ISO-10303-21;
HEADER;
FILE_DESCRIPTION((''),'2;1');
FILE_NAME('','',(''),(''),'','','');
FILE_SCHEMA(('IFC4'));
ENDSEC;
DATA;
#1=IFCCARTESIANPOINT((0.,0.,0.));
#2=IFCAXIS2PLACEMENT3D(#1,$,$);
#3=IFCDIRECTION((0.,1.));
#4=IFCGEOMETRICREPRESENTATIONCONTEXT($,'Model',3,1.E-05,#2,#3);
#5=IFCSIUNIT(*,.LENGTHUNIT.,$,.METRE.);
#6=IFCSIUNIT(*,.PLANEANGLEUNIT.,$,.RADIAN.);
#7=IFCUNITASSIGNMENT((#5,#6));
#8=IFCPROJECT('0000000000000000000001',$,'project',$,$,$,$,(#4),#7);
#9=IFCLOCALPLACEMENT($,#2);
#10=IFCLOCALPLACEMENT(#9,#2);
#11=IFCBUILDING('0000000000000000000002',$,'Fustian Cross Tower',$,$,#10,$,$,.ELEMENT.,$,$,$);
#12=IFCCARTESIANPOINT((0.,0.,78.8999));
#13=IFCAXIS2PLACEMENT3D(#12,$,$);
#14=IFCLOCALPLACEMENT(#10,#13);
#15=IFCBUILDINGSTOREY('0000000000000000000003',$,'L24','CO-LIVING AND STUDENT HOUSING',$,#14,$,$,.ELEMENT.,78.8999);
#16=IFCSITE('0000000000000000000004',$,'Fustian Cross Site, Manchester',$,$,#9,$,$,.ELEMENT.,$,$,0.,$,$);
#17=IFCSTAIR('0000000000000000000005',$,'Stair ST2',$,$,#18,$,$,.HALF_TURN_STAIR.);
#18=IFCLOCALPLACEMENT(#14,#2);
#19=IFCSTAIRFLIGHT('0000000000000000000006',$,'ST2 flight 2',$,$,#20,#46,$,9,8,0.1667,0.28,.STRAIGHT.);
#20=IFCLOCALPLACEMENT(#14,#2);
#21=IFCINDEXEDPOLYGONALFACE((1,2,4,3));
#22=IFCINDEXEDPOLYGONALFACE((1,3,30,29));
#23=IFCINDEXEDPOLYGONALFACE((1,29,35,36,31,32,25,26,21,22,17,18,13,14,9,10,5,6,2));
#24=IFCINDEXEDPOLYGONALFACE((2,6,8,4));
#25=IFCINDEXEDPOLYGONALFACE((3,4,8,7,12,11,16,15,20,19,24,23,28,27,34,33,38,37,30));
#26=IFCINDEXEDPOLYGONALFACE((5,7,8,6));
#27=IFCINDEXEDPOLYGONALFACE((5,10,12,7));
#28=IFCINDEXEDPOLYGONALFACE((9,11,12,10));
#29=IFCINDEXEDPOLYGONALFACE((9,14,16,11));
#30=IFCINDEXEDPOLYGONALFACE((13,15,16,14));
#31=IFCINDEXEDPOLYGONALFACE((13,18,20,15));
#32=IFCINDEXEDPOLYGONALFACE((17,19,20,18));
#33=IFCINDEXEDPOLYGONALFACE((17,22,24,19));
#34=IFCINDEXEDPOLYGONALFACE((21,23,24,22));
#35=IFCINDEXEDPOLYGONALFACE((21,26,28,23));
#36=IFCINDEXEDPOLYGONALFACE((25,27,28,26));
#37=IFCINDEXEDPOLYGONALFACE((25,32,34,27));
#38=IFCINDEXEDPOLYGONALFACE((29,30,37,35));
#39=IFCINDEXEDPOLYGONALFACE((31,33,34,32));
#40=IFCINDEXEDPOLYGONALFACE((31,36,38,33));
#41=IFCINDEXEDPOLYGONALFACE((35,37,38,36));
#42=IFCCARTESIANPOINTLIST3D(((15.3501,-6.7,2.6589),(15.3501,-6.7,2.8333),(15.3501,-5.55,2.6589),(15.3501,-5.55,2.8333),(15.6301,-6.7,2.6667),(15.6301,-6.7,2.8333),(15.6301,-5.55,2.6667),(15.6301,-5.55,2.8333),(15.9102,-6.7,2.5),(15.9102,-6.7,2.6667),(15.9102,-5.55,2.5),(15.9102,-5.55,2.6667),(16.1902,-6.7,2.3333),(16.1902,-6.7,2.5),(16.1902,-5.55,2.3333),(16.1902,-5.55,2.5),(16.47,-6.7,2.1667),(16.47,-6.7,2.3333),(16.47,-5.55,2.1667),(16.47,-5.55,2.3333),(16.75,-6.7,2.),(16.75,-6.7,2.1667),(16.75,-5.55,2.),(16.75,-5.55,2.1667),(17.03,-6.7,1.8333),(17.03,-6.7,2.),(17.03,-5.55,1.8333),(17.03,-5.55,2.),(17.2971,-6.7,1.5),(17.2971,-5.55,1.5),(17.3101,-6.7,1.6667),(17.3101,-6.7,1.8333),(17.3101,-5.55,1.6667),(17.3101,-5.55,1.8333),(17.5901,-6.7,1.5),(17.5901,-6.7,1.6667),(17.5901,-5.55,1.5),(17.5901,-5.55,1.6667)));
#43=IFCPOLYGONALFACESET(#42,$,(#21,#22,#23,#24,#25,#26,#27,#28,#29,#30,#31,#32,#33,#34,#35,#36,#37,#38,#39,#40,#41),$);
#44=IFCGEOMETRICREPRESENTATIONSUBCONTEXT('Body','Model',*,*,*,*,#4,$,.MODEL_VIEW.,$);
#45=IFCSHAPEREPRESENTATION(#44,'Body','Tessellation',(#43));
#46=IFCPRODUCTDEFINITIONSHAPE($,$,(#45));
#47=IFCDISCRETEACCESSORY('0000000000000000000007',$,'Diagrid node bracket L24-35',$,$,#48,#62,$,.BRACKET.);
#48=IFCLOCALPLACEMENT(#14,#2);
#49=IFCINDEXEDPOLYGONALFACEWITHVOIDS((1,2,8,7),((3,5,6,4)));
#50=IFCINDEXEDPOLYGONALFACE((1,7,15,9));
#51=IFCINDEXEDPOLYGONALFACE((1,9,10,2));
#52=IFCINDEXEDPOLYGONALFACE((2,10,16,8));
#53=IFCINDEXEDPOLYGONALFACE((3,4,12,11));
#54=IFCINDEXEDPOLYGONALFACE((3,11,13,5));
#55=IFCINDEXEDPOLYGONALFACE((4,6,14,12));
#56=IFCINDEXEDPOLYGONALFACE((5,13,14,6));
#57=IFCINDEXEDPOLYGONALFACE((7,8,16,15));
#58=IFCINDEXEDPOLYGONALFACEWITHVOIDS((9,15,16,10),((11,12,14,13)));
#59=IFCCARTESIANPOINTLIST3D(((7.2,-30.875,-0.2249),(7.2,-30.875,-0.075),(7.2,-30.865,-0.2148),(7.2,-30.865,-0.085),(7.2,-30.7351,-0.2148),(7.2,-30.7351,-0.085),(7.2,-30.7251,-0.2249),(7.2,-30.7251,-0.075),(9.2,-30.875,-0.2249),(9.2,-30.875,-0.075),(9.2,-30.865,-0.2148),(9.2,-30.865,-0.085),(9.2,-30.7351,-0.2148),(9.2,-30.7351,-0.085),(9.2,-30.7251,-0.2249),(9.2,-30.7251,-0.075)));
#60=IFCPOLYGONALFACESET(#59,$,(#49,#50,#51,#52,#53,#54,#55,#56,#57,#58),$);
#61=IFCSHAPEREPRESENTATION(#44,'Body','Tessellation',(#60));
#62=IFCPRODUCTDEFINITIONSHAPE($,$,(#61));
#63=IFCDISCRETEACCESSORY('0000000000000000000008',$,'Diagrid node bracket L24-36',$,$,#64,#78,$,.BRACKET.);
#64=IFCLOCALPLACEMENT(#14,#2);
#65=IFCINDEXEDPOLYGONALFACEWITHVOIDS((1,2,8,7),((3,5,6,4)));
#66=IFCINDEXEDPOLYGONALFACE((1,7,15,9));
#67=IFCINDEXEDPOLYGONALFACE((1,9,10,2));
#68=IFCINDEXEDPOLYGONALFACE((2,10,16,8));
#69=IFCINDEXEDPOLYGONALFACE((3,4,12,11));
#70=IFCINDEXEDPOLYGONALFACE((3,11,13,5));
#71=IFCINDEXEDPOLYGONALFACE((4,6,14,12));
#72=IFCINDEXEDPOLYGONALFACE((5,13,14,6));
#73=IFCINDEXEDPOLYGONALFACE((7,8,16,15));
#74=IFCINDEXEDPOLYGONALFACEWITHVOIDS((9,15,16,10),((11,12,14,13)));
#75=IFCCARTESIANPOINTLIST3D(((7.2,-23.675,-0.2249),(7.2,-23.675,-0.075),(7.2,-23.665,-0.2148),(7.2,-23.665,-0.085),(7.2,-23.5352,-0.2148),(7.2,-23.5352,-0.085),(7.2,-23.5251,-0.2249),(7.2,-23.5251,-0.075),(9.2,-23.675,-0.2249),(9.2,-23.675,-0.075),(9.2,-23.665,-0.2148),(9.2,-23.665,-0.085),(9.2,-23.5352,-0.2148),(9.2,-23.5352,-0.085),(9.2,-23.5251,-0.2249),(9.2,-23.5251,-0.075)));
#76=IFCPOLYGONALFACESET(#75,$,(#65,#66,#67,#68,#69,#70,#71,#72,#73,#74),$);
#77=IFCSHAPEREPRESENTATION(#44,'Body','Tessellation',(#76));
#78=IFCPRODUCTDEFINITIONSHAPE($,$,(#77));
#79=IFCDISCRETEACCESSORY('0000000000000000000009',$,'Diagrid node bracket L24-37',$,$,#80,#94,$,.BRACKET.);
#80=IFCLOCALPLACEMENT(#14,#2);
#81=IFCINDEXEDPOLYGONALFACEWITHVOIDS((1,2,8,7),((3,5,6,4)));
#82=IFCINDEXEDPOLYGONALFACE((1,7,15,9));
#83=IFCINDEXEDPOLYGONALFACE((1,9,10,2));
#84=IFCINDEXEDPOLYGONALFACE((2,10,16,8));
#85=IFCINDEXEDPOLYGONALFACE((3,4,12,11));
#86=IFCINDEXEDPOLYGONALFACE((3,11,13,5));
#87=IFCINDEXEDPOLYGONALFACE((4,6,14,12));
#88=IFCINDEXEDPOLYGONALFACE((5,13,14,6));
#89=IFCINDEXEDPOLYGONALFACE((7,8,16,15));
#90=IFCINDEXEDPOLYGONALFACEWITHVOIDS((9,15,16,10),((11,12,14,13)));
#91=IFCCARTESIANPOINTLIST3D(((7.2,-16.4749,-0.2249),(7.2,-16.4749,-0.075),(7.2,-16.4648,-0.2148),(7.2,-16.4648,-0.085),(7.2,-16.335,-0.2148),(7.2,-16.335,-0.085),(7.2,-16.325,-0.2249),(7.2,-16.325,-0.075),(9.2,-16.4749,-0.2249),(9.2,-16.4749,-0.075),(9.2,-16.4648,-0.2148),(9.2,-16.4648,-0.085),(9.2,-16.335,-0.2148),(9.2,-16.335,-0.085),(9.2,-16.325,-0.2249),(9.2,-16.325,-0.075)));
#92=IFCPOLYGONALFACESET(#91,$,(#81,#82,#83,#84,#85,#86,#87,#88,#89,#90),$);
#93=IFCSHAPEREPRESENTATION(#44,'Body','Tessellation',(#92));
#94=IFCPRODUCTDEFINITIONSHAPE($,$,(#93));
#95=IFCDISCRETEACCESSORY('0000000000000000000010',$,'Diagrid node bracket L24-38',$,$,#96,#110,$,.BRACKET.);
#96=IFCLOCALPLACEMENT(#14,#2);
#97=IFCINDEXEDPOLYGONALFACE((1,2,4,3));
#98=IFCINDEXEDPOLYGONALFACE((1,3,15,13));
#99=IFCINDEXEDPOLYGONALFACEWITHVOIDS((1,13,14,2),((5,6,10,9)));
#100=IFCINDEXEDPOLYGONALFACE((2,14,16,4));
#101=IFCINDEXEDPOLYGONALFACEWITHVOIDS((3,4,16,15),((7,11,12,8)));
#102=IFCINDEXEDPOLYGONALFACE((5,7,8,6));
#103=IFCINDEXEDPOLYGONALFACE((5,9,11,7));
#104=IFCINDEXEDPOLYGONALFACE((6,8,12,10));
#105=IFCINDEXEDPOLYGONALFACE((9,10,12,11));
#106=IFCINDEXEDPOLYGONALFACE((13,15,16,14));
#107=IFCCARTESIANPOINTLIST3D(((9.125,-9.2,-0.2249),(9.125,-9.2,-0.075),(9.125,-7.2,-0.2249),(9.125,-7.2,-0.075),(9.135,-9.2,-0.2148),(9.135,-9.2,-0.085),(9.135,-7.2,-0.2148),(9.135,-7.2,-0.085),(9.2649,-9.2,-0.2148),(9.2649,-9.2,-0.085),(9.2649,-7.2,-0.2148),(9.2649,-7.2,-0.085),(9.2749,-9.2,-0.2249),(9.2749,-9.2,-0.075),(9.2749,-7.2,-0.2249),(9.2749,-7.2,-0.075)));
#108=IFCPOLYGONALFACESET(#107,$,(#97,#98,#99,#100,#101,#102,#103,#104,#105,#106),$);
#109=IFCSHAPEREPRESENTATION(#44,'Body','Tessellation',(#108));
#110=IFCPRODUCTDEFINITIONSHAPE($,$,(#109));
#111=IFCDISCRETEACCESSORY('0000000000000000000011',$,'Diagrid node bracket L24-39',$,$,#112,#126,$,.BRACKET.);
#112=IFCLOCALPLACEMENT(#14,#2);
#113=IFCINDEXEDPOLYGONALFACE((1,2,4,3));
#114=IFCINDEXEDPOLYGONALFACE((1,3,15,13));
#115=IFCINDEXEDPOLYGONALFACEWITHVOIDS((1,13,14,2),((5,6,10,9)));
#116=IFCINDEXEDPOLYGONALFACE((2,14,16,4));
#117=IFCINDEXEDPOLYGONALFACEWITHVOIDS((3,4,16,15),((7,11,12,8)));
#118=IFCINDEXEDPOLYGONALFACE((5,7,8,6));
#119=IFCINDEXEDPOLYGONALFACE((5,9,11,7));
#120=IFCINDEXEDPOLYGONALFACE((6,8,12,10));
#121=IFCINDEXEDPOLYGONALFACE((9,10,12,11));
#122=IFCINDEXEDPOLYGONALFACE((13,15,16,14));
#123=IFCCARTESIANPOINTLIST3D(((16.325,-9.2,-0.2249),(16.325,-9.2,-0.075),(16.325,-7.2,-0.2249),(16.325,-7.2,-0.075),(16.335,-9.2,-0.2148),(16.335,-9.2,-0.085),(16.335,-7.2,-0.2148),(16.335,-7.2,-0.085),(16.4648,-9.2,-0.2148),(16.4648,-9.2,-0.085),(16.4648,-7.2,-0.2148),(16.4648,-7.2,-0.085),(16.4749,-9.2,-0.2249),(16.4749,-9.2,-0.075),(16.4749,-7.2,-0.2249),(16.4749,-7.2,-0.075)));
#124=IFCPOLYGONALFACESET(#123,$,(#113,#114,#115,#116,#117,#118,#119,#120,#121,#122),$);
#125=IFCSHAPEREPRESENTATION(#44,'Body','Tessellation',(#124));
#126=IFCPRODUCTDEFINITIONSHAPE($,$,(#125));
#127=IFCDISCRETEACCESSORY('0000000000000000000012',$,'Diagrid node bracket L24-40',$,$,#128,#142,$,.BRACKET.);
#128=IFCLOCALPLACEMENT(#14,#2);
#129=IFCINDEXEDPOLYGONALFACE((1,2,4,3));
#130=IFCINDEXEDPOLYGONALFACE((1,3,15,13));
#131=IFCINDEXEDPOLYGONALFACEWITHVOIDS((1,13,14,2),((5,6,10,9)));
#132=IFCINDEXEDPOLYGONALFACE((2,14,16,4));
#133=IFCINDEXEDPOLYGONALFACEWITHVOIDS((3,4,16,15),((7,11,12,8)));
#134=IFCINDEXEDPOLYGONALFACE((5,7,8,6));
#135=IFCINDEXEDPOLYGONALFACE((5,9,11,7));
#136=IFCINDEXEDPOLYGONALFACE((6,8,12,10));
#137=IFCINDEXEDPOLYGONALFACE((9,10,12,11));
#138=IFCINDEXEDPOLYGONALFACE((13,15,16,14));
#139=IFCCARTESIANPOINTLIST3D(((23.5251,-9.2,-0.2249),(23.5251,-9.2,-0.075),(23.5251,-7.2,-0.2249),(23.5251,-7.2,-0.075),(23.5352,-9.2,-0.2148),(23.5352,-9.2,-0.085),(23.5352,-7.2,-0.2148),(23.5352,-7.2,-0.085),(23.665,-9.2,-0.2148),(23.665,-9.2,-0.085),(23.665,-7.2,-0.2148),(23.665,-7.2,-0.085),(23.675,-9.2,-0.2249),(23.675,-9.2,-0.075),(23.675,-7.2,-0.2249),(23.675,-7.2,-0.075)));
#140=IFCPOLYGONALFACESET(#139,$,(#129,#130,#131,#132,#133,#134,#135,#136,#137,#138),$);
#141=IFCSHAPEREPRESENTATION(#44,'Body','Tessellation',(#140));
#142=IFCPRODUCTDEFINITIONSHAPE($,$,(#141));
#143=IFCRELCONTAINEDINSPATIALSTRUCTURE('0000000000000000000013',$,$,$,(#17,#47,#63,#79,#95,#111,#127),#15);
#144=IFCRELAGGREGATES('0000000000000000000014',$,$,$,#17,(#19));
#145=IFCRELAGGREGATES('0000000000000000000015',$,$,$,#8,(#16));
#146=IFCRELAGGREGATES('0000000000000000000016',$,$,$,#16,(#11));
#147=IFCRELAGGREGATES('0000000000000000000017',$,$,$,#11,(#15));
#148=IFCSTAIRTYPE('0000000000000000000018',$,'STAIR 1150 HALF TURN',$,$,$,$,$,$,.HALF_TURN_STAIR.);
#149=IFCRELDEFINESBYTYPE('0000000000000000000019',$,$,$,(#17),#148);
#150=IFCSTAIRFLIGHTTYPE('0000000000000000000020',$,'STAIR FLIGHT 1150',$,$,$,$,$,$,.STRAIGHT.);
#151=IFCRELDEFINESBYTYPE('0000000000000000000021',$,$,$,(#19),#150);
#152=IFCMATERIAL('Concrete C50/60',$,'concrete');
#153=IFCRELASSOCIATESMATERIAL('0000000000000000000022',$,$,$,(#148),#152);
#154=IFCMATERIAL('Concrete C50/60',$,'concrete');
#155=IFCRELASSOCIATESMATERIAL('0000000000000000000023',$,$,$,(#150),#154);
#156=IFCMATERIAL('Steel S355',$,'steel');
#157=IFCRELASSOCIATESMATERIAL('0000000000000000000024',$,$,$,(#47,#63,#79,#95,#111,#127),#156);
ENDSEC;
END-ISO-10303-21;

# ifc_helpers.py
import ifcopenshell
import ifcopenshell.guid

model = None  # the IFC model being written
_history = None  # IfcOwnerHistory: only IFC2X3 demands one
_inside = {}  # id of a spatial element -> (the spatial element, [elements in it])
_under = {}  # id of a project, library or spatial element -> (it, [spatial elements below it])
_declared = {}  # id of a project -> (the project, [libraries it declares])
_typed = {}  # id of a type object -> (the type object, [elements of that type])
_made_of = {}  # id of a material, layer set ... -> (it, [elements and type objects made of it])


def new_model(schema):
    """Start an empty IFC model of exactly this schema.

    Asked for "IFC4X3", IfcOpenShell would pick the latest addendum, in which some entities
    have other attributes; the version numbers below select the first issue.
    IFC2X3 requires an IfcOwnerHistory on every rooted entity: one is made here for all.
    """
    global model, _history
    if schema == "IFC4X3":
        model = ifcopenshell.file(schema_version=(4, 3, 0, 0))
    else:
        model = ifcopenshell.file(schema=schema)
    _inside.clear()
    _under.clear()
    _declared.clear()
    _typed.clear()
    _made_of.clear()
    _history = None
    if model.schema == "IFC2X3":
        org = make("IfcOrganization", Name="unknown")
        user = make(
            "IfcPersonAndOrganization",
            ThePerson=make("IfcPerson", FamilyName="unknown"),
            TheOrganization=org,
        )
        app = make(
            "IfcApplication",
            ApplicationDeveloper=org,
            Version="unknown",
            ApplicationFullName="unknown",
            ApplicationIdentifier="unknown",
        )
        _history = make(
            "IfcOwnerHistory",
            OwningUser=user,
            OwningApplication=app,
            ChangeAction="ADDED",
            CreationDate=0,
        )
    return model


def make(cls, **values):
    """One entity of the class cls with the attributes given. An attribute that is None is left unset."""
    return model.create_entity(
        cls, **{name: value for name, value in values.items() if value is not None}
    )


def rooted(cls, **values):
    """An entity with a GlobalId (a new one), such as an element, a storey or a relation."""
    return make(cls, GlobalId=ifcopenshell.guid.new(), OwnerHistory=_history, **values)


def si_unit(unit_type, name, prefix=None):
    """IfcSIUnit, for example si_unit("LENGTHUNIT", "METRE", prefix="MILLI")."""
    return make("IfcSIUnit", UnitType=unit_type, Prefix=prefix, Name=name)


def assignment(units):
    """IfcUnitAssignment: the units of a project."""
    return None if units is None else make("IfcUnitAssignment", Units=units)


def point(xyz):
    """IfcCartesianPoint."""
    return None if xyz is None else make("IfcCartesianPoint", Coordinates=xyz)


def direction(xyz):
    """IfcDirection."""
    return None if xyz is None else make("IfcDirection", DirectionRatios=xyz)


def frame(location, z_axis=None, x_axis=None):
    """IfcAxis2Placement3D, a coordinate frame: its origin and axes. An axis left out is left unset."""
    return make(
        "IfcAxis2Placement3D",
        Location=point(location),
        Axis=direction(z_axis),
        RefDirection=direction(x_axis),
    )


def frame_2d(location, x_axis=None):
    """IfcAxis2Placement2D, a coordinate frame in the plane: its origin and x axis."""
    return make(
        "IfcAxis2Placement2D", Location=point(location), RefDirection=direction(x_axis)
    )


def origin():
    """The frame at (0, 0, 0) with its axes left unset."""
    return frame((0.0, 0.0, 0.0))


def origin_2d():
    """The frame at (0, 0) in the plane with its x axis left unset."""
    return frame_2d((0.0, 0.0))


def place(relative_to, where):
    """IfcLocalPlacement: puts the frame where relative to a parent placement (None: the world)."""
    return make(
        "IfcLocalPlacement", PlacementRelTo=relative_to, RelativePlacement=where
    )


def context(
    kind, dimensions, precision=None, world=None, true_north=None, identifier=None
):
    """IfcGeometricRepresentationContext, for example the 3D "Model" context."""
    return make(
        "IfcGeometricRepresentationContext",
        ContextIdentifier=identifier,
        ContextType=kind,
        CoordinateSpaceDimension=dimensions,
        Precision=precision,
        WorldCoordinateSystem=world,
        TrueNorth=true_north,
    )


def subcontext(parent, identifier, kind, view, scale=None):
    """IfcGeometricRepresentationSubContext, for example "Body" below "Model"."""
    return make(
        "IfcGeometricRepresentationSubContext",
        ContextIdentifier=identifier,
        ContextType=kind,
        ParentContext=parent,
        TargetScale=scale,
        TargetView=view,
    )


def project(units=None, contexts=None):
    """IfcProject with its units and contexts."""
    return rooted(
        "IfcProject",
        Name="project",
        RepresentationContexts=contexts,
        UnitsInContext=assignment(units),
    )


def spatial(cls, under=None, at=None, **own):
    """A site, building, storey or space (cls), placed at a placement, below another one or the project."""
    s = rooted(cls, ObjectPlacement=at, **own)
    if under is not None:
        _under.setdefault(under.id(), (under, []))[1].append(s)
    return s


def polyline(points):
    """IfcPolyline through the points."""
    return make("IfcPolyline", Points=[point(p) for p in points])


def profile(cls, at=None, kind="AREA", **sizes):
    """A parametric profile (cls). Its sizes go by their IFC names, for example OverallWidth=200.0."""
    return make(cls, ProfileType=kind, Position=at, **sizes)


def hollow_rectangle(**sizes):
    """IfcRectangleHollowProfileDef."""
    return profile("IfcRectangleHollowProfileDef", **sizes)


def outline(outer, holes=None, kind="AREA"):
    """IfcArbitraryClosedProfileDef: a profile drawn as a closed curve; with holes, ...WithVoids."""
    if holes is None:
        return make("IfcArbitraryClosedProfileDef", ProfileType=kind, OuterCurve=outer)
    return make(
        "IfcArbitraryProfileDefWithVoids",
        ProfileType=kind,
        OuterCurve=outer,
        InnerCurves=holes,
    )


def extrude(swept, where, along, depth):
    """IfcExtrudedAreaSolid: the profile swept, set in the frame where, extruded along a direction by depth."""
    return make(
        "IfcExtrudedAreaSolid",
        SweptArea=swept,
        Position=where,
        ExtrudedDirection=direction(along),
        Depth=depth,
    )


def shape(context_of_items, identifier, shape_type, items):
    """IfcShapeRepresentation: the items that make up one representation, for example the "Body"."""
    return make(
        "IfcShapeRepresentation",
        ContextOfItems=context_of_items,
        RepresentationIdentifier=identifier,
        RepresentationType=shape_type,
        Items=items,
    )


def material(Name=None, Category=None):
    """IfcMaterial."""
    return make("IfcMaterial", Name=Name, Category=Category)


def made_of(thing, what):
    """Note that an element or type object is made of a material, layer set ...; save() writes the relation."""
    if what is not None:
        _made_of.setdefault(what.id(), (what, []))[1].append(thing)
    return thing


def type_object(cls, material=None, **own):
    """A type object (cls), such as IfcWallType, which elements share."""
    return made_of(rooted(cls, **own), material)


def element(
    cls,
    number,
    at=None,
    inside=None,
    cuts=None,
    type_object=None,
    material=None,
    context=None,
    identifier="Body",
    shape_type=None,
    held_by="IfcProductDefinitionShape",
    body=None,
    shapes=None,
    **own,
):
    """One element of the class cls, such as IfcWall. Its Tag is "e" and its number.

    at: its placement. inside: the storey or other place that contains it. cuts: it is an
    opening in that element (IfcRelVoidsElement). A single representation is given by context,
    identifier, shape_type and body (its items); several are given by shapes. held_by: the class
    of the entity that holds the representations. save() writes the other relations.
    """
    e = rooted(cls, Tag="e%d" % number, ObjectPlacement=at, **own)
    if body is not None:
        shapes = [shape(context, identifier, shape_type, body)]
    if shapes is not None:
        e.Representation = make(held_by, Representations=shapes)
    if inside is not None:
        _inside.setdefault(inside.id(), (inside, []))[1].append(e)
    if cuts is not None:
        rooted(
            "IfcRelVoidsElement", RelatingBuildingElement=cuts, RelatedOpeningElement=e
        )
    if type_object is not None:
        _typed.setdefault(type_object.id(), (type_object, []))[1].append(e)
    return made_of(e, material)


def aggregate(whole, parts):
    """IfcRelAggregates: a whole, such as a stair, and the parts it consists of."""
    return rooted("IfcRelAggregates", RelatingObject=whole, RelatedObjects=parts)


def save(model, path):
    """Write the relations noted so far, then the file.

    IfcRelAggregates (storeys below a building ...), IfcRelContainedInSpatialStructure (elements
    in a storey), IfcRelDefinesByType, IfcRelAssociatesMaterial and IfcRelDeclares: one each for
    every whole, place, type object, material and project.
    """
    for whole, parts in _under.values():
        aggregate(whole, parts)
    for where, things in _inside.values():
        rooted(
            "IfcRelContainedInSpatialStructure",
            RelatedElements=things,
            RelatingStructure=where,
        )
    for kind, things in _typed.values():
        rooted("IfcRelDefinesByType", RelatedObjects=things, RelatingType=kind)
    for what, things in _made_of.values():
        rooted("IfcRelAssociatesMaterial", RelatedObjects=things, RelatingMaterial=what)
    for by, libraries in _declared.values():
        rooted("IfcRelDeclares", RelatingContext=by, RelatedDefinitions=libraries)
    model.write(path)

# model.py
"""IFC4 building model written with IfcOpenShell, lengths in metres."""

from ifc_helpers import new_model, si_unit, direction, frame, origin, origin_2d, place, context, subcontext, project, spatial, polyline, hollow_rectangle, outline, extrude, material, type_object, element, aggregate, save


model = new_model("IFC4")

# Units and contexts
model_context = context("Model", 3, precision=1e-05, world=origin(), true_north=direction((0.0, 1.0)))
body_context = subcontext(model_context, "Body", "Model", "MODEL_VIEW")
ifc_project = project(units=[si_unit("LENGTHUNIT", "METRE"), si_unit("PLANEANGLEUNIT", "RADIAN")], contexts=[model_context])

# Site, building, storey
site_placement = place(None, origin())
site = spatial("IfcSite", under=ifc_project, at=site_placement, Name="Fustian Cross Site, Manchester", CompositionType="ELEMENT", RefElevation=0.0)
building_placement = place(site_placement, origin())
building = spatial("IfcBuilding", under=site, at=building_placement, Name="Fustian Cross Tower", CompositionType="ELEMENT")
storey_placement = place(building_placement, frame((0.0, 0.0, 78.8999)))
storey = spatial("IfcBuildingStorey", under=building, at=storey_placement, Name="L24", Description="CO-LIVING AND STUDENT HOUSING", CompositionType="ELEMENT", Elevation=78.8999)

# Stair, stair flight
ifc_material_1 = material(Name="Concrete C50/60", Category="concrete")
stair_type = type_object("IfcStairType", Name="STAIR 1150 HALF TURN", PredefinedType="HALF_TURN_STAIR", material=ifc_material_1)
stair_placement = place(storey_placement, origin())
stair = element("IfcStair", 1, at=stair_placement, inside=storey, type_object=stair_type, Name="Stair ST2", PredefinedType="HALF_TURN_STAIR")
ifc_material_2 = material(Name="Concrete C50/60", Category="concrete")
stair_flight_type = type_object("IfcStairFlightType", Name="STAIR FLIGHT 1150", PredefinedType="STRAIGHT", material=ifc_material_2)
stair_flight_1_placement = place(storey_placement, frame((17.5901, -6.125, 1.5), z_axis=(0.0, 0.0, 1.0), x_axis=(-1.0, 0.0, 0.0)))
stair_flight_1 = element("IfcStairFlight", 2, at=stair_flight_1_placement, type_object=stair_flight_type, Name="ST2 flight 2", NumberOfRisers=9, NumberOfTreads=8, PredefinedType="STRAIGHT", RiserHeight=0.1667, TreadLength=0.28, context=body_context, shape_type="SweptSolid", body=[
    extrude(outline(polyline([(0.0, 0.0), (0.0, 0.1667), (0.28, 0.1667), (0.28, 0.3333), (0.5601, 0.3333), (0.5601, 0.5), (0.8401, 0.5), (0.8401, 0.6667), (1.1201, 0.6667), (1.1201, 0.8333), (1.3999, 0.8333), (1.3999, 1.0), (1.6799, 1.0), (1.6799, 1.1667), (1.96, 1.1667), (1.96, 1.3333), (2.24, 1.3333), (2.24, 1.5), (2.24, 1.1589), (0.293, 0.0), (0.0, 0.0)])), frame((0.0, 0.575, 0.0), z_axis=(0.0, -1.0, 0.0), x_axis=(1.0, 0.0, 0.0)), (0.0, 0.0, 1.0), 1.1499),
])
aggregate(stair, [stair_flight_1])

# Discrete accessories
ifc_material_3 = material(Name="Steel S355", Category="steel")
for number, where, z_axis, x_axis, name in (
    (3, (9.2, -30.8, -0.1499), (-1.0, 0.0, 0.0), (0.0, -1.0, 0.0), "Diagrid node bracket L24-35"),
    (4, (9.2, -23.6001, -0.1499), (-1.0, 0.0, 0.0), (0.0, -1.0, 0.0), "Diagrid node bracket L24-36"),
    (5, (9.2, -16.3999, -0.1499), (-1.0, 0.0, 0.0), (0.0, -1.0, 0.0), "Diagrid node bracket L24-37"),
    (6, (9.2, -9.2, -0.1499), (0.0, 1.0, 0.0), (-1.0, 0.0, 0.0), "Diagrid node bracket L24-38"),
    (7, (16.3999, -9.2, -0.1499), (0.0, 1.0, 0.0), (-1.0, 0.0, 0.0), "Diagrid node bracket L24-39"),
    (8, (23.6001, -9.2, -0.1499), (0.0, 1.0, 0.0), (-1.0, 0.0, 0.0), "Diagrid node bracket L24-40"),
):
    element("IfcDiscreteAccessory", number, at=place(storey_placement, frame(where, z_axis=z_axis, x_axis=x_axis)), inside=storey, material=ifc_material_3, Name=name, PredefinedType="BRACKET", context=body_context, shape_type="SweptSolid", body=[
        extrude(hollow_rectangle(XDim=0.1499, YDim=0.1499, WallThickness=0.01, at=origin_2d()), origin(), (0.0, 0.0, 1.0), 2.0),
    ])

save(model, "model.ifc")
